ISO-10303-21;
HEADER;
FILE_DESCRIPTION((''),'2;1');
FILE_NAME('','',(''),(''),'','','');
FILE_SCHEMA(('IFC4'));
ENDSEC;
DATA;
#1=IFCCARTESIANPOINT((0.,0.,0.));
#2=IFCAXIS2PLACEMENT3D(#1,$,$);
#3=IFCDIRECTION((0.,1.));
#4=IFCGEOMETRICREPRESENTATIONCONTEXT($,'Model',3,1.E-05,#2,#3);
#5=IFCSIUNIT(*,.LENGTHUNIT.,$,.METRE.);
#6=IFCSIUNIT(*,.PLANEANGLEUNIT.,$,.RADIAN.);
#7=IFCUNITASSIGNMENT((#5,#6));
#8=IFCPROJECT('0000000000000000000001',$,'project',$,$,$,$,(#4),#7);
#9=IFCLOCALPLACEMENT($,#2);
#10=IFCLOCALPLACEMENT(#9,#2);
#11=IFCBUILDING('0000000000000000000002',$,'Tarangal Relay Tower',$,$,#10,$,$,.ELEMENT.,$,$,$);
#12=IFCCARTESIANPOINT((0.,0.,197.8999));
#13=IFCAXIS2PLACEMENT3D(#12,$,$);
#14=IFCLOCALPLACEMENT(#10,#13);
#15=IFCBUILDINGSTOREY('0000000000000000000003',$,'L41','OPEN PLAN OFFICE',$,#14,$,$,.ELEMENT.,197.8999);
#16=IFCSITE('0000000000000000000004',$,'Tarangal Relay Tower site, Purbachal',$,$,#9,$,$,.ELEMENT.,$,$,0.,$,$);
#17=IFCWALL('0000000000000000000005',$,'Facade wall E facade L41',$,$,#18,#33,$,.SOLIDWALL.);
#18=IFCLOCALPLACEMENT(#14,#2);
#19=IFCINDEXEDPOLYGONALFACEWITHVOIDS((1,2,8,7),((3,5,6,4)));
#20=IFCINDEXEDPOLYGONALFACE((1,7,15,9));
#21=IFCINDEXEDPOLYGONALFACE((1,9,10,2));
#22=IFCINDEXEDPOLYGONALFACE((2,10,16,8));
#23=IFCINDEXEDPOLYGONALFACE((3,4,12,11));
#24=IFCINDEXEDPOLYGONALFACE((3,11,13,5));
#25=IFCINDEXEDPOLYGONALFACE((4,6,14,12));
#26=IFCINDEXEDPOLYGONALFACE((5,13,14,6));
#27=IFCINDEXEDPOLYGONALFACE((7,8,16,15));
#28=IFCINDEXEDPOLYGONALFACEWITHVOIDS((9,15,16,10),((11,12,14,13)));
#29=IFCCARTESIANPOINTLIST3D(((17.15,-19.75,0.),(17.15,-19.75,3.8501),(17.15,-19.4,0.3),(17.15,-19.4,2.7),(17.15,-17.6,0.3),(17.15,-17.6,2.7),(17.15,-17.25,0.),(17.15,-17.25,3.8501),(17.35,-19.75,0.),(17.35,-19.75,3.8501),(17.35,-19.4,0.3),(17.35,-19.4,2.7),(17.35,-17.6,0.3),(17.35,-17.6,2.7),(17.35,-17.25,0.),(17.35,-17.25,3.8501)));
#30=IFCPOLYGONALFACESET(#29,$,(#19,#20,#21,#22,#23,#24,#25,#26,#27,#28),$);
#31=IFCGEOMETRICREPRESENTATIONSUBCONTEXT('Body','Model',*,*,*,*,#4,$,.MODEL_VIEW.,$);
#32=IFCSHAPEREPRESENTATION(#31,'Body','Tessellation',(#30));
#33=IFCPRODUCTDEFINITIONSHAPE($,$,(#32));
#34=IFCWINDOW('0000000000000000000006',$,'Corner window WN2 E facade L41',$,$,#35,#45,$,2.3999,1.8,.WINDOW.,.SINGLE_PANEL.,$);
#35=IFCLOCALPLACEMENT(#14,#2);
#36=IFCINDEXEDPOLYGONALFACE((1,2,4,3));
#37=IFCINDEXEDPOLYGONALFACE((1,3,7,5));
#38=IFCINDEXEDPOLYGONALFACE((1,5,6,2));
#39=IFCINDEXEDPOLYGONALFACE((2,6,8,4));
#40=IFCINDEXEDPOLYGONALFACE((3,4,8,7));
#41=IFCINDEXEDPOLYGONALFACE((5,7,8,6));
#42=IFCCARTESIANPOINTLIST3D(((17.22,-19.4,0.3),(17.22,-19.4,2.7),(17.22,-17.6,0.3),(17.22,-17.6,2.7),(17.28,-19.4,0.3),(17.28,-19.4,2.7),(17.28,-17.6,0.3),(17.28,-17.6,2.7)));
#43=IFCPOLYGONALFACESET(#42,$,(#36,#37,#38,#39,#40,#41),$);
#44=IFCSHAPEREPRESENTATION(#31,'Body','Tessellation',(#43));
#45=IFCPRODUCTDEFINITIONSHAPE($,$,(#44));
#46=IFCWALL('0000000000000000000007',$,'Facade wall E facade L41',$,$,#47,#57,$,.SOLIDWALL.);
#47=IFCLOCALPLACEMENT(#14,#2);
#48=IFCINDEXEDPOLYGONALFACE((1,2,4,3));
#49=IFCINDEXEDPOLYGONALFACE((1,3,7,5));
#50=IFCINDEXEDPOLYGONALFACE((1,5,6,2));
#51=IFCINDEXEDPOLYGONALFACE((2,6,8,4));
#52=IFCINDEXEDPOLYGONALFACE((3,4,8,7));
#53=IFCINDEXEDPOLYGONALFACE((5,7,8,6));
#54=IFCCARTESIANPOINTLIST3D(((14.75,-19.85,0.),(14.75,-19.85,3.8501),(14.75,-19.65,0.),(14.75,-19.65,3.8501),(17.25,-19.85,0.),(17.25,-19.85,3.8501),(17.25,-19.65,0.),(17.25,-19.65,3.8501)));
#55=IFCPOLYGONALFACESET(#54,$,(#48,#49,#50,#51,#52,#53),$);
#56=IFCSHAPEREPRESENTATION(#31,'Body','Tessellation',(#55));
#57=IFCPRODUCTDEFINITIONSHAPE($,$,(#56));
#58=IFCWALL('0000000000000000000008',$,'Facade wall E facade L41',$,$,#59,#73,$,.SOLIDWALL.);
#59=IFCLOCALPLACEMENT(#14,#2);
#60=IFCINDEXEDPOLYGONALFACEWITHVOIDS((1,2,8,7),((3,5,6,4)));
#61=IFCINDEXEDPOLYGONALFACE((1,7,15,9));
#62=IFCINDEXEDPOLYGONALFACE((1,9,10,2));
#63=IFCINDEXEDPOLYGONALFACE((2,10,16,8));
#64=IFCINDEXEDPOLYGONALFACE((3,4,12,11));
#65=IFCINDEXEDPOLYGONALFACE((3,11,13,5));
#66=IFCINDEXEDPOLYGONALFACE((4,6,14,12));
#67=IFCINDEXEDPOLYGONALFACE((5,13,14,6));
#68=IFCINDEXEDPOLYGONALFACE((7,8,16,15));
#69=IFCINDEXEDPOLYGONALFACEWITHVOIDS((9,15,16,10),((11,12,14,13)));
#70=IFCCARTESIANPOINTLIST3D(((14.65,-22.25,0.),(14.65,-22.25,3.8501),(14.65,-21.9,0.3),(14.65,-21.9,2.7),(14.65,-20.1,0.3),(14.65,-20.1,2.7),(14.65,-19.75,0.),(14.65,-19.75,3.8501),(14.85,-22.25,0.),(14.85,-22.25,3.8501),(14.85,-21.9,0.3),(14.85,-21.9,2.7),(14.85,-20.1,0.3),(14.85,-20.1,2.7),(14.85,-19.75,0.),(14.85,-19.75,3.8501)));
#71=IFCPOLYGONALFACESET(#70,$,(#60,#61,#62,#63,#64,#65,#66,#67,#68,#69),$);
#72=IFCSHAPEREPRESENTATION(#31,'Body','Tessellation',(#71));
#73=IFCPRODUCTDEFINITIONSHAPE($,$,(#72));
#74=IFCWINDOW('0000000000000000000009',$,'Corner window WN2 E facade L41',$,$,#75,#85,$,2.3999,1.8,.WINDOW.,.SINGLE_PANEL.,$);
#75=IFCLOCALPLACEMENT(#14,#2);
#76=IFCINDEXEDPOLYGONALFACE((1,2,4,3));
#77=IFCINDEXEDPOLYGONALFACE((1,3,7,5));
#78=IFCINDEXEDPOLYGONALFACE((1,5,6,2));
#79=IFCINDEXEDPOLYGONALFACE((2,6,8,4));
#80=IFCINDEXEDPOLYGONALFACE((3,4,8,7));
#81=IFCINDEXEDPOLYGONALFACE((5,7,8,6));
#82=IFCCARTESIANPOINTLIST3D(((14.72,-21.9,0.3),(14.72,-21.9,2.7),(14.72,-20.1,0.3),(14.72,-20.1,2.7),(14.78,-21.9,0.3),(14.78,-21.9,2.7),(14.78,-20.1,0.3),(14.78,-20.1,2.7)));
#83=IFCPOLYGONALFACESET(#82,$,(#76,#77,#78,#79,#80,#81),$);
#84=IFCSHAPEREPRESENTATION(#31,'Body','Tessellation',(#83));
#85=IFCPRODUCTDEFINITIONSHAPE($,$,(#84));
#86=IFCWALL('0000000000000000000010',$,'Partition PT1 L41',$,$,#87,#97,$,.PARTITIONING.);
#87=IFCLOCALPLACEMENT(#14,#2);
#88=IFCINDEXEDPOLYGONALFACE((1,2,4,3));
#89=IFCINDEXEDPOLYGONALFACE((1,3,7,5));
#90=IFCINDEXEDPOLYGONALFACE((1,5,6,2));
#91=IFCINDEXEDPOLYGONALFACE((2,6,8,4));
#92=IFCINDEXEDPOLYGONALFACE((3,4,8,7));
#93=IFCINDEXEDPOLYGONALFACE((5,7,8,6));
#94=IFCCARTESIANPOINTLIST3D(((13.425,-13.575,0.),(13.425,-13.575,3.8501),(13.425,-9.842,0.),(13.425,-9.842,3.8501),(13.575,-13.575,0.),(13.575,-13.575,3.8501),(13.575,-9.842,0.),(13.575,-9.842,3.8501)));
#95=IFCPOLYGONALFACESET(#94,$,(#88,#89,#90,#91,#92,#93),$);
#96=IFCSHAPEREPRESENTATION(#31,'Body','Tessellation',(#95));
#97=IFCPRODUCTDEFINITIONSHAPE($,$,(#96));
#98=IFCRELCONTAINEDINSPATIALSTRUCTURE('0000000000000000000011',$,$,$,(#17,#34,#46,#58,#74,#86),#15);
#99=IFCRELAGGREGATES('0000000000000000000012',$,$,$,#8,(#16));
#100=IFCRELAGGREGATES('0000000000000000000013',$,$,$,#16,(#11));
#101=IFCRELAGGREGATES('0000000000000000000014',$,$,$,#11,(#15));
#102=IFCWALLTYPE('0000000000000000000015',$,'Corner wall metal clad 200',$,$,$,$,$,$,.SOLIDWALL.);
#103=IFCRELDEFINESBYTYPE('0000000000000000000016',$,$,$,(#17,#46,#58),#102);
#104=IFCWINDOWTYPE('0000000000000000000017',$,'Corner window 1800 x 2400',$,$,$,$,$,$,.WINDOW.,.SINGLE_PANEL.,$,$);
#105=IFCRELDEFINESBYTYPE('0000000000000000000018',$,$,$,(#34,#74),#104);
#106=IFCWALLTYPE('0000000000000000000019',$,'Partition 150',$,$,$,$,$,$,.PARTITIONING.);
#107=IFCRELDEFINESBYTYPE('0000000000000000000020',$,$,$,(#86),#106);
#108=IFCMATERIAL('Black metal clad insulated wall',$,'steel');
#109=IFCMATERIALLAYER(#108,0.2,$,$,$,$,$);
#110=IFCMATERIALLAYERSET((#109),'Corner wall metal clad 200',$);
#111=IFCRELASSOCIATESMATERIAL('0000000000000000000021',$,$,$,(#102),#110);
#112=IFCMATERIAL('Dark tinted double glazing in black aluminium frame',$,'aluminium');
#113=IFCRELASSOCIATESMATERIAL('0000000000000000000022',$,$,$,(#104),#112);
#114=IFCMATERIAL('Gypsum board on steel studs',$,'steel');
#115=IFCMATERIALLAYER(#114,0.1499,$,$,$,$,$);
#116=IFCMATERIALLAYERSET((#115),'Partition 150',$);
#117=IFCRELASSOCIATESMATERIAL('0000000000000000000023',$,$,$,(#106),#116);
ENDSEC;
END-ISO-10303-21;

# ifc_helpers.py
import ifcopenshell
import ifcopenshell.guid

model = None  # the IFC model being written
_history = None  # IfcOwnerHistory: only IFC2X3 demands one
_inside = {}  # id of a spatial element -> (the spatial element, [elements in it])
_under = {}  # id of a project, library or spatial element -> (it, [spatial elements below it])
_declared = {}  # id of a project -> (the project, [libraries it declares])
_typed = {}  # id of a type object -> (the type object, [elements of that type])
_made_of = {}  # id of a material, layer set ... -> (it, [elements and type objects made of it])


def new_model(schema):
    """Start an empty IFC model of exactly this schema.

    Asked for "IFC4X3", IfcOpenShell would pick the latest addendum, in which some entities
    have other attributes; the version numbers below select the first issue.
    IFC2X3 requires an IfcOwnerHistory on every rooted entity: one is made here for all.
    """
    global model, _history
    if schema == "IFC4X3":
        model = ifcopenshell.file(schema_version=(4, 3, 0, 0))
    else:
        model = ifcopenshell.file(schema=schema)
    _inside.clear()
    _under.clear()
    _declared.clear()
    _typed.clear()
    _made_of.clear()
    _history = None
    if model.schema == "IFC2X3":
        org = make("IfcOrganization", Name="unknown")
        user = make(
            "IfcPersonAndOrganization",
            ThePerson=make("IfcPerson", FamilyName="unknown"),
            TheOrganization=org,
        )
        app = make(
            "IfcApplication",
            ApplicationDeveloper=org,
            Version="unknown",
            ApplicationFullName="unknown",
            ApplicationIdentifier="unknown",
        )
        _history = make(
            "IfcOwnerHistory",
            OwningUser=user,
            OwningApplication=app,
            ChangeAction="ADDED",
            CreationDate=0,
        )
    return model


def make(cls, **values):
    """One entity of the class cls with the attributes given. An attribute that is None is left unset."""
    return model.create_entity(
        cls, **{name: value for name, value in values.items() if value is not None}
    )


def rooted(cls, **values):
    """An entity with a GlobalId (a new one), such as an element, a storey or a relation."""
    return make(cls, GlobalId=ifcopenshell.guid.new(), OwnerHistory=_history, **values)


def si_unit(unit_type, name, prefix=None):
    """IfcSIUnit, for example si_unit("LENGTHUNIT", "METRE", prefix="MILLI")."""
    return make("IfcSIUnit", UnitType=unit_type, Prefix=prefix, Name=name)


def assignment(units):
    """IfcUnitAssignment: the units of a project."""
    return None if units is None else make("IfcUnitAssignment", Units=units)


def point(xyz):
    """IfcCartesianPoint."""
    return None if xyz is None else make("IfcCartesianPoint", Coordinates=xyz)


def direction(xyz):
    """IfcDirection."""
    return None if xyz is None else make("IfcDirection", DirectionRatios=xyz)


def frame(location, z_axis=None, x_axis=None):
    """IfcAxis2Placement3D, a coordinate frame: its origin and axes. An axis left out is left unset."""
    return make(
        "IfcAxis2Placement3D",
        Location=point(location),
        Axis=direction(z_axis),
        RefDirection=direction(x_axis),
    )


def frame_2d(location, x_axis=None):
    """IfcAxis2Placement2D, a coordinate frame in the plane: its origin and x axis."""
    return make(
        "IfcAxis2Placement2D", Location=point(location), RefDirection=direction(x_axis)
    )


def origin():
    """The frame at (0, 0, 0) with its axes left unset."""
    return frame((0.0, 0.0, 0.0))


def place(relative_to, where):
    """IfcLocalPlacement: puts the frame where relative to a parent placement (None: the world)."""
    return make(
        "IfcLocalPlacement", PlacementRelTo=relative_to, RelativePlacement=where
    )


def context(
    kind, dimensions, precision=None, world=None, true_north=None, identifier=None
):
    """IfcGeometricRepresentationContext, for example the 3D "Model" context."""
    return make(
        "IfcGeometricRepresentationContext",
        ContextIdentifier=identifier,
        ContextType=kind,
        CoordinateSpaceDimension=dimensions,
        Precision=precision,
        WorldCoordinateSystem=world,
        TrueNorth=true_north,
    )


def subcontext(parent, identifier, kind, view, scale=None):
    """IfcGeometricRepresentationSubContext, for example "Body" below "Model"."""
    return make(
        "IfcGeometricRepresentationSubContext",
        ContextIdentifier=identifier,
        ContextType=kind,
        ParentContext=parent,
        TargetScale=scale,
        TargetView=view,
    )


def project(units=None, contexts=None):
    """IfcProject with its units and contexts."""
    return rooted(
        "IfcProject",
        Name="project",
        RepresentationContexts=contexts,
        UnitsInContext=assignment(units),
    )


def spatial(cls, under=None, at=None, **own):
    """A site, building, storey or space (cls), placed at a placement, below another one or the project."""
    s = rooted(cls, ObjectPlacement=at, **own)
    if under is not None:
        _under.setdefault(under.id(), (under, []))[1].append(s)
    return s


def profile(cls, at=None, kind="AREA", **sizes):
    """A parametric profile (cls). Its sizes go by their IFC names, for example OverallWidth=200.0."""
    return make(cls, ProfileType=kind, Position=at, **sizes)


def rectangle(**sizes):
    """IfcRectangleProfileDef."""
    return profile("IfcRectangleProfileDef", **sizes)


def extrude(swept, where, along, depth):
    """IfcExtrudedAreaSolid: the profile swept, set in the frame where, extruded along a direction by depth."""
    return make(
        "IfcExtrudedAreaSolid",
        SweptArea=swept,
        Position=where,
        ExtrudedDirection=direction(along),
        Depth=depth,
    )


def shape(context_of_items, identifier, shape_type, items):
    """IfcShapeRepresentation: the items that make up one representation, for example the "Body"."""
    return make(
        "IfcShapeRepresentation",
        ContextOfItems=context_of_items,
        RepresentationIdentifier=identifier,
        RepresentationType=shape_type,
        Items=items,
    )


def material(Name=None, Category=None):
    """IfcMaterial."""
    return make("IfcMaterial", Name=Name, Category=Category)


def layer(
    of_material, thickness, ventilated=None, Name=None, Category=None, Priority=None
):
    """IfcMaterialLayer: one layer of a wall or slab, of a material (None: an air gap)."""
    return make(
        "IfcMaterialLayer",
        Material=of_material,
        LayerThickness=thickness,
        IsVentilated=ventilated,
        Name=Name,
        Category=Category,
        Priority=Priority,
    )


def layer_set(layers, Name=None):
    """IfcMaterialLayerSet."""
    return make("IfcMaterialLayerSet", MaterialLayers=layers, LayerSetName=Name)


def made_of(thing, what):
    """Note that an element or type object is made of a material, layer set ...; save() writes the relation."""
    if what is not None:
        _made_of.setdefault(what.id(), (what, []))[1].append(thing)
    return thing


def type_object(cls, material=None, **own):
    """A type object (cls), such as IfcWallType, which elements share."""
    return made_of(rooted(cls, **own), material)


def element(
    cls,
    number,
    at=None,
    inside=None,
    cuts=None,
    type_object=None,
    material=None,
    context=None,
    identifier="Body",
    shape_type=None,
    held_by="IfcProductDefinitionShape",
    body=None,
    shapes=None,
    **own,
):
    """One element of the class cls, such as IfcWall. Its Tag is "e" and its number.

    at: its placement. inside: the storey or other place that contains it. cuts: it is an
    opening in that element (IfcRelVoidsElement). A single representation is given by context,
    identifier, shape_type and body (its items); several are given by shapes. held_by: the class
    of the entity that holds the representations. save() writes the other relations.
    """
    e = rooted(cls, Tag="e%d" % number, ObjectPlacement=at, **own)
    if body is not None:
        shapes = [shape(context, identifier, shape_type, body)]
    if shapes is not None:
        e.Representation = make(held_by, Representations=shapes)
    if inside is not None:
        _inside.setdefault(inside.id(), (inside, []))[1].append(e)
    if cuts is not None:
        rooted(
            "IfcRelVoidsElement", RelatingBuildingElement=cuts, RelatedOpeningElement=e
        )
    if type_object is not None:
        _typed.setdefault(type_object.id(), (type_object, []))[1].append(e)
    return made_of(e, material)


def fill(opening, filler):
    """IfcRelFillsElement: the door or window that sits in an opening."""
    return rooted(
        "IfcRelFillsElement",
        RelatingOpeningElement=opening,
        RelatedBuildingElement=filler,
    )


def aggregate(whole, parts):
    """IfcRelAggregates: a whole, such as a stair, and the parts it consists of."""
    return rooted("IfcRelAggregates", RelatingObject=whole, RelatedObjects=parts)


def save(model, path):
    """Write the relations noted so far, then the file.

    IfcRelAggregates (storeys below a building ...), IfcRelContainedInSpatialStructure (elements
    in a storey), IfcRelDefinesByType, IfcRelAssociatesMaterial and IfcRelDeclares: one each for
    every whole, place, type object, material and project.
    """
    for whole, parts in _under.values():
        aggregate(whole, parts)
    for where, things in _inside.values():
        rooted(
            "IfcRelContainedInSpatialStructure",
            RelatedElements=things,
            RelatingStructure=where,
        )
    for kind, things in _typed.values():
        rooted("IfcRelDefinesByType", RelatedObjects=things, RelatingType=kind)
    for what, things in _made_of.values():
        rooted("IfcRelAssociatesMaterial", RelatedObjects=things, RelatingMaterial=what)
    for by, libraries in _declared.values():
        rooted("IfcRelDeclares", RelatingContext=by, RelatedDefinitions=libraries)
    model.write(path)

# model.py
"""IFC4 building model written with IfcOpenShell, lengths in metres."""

from ifc_helpers import new_model, si_unit, direction, frame, frame_2d, origin, place, context, subcontext, project, spatial, rectangle, extrude, material, layer, layer_set, type_object, element, fill, save


model = new_model("IFC4")

# Units and contexts
model_context = context("Model", 3, precision=1e-05, world=origin(), true_north=direction((0.0, 1.0)))
body_context = subcontext(model_context, "Body", "Model", "MODEL_VIEW")
ifc_project = project(units=[si_unit("LENGTHUNIT", "METRE"), si_unit("PLANEANGLEUNIT", "RADIAN")], contexts=[model_context])

# Site, building, storey
site_placement = place(None, origin())
site = spatial("IfcSite", under=ifc_project, at=site_placement, Name="Tarangal Relay Tower site, Purbachal", CompositionType="ELEMENT", RefElevation=0.0)
building_placement = place(site_placement, origin())
building = spatial("IfcBuilding", under=site, at=building_placement, Name="Tarangal Relay Tower", CompositionType="ELEMENT")
storey_placement = place(building_placement, frame((0.0, 0.0, 197.8999)))
storey = spatial("IfcBuildingStorey", under=building, at=storey_placement, Name="L41", Description="OPEN PLAN OFFICE", CompositionType="ELEMENT", Elevation=197.8999)

# Shared definitions
ifc_material_1 = material(Name="Black metal clad insulated wall", Category="steel")
ifc_layer_1 = layer(ifc_material_1, 0.2)
ifc_layer_set_1 = layer_set([ifc_layer_1], Name="Corner wall metal clad 200")
wall_type_1 = type_object("IfcWallType", Name="Corner wall metal clad 200", PredefinedType="SOLIDWALL", material=ifc_layer_set_1)

# Shared definitions
ifc_material_2 = material(Name="Dark tinted double glazing in black aluminium frame", Category="aluminium")
window_type = type_object("IfcWindowType", Name="Corner window 1800 x 2400", PartitioningType="SINGLE_PANEL", PredefinedType="WINDOW", material=ifc_material_2)

# Wall, opening, window
wall_1_placement = place(storey_placement, frame((17.25, -17.25, 0.0), z_axis=(0.0, 0.0, 1.0), x_axis=(0.0, -1.0, 0.0)))
wall_1 = element("IfcWall", 1, at=wall_1_placement, inside=storey, type_object=wall_type_1, Name="Facade wall E facade L41", PredefinedType="SOLIDWALL", context=body_context, shape_type="SweptSolid", body=[
    extrude(rectangle(XDim=2.5, YDim=0.2, at=frame_2d((1.25, 0.0))), origin(), (0.0, 0.0, 1.0), 3.8501),
])
opening_1_placement = place(wall_1_placement, frame((0.3501, 0.0, 0.3)))
opening_1 = element("IfcOpeningElement", 2, at=opening_1_placement, cuts=wall_1, PredefinedType="OPENING", context=body_context, shape_type="SweptSolid", body=[
    extrude(rectangle(XDim=1.8, YDim=2.3999, at=frame_2d((0.8999, 1.2))), frame((0.0, 0.1099, 0.0), z_axis=(0.0, -1.0, 0.0), x_axis=(1.0, 0.0, 0.0)), (0.0, 0.0, 1.0), 0.22),
])
window_1_placement = place(opening_1_placement, origin())
window_1 = element("IfcWindow", 3, at=window_1_placement, inside=storey, type_object=window_type, Name="Corner window WN2 E facade L41", OverallHeight=2.3999, OverallWidth=1.8, PartitioningType="SINGLE_PANEL", PredefinedType="WINDOW", context=body_context, shape_type="SweptSolid", body=[
    extrude(rectangle(XDim=1.8, YDim=2.3999, at=frame_2d((0.8999, 1.2))), frame((0.0, 0.03, 0.0), z_axis=(0.0, -1.0, 0.0), x_axis=(1.0, 0.0, 0.0)), (0.0, 0.0, 1.0), 0.0601),
])
fill(opening_1, window_1)

# Wall
wall_2_placement = place(storey_placement, frame((17.25, -19.75, 0.0), z_axis=(0.0, 0.0, 1.0), x_axis=(-1.0, 0.0, 0.0)))
element("IfcWall", 4, at=wall_2_placement, inside=storey, type_object=wall_type_1, Name="Facade wall E facade L41", PredefinedType="SOLIDWALL", context=body_context, shape_type="SweptSolid", body=[
    extrude(rectangle(XDim=2.5, YDim=0.2, at=frame_2d((1.25, 0.0))), origin(), (0.0, 0.0, 1.0), 3.8501),
])

# Wall, opening, window
wall_3_placement = place(storey_placement, frame((14.75, -19.75, 0.0), z_axis=(0.0, 0.0, 1.0), x_axis=(0.0, -1.0, 0.0)))
wall_3 = element("IfcWall", 5, at=wall_3_placement, inside=storey, type_object=wall_type_1, Name="Facade wall E facade L41", PredefinedType="SOLIDWALL", context=body_context, shape_type="SweptSolid", body=[
    extrude(rectangle(XDim=2.5, YDim=0.2, at=frame_2d((1.25, 0.0))), origin(), (0.0, 0.0, 1.0), 3.8501),
])
opening_2_placement = place(wall_3_placement, frame((0.3501, 0.0, 0.3)))
opening_2 = element("IfcOpeningElement", 6, at=opening_2_placement, cuts=wall_3, PredefinedType="OPENING", context=body_context, shape_type="SweptSolid", body=[
    extrude(rectangle(XDim=1.8, YDim=2.3999, at=frame_2d((0.8999, 1.2))), frame((0.0, 0.1099, 0.0), z_axis=(0.0, -1.0, 0.0), x_axis=(1.0, 0.0, 0.0)), (0.0, 0.0, 1.0), 0.22),
])
window_2_placement = place(opening_2_placement, origin())
window_2 = element("IfcWindow", 7, at=window_2_placement, inside=storey, type_object=window_type, Name="Corner window WN2 E facade L41", OverallHeight=2.3999, OverallWidth=1.8, PartitioningType="SINGLE_PANEL", PredefinedType="WINDOW", context=body_context, shape_type="SweptSolid", body=[
    extrude(rectangle(XDim=1.8, YDim=2.3999, at=frame_2d((0.8999, 1.2))), frame((0.0, 0.03, 0.0), z_axis=(0.0, -1.0, 0.0), x_axis=(1.0, 0.0, 0.0)), (0.0, 0.0, 1.0), 0.0601),
])
fill(opening_2, window_2)

# Wall
ifc_material_3 = material(Name="Gypsum board on steel studs", Category="steel")
ifc_layer_2 = layer(ifc_material_3, 0.1499)
ifc_layer_set_2 = layer_set([ifc_layer_2], Name="Partition 150")
wall_type_2 = type_object("IfcWallType", Name="Partition 150", PredefinedType="PARTITIONING", material=ifc_layer_set_2)
wall_4_placement = place(storey_placement, frame((13.5, -13.575, 0.0), z_axis=(0.0, 0.0, 1.0), x_axis=(0.0, 1.0, 0.0)))
element("IfcWall", 8, at=wall_4_placement, inside=storey, type_object=wall_type_2, Name="Partition PT1 L41", PredefinedType="PARTITIONING", context=body_context, shape_type="SweptSolid", body=[
    extrude(rectangle(XDim=3.7329, YDim=0.1499, at=frame_2d((1.8665, 0.0))), origin(), (0.0, 0.0, 1.0), 3.8501),
])

save(model, "model.ifc")
